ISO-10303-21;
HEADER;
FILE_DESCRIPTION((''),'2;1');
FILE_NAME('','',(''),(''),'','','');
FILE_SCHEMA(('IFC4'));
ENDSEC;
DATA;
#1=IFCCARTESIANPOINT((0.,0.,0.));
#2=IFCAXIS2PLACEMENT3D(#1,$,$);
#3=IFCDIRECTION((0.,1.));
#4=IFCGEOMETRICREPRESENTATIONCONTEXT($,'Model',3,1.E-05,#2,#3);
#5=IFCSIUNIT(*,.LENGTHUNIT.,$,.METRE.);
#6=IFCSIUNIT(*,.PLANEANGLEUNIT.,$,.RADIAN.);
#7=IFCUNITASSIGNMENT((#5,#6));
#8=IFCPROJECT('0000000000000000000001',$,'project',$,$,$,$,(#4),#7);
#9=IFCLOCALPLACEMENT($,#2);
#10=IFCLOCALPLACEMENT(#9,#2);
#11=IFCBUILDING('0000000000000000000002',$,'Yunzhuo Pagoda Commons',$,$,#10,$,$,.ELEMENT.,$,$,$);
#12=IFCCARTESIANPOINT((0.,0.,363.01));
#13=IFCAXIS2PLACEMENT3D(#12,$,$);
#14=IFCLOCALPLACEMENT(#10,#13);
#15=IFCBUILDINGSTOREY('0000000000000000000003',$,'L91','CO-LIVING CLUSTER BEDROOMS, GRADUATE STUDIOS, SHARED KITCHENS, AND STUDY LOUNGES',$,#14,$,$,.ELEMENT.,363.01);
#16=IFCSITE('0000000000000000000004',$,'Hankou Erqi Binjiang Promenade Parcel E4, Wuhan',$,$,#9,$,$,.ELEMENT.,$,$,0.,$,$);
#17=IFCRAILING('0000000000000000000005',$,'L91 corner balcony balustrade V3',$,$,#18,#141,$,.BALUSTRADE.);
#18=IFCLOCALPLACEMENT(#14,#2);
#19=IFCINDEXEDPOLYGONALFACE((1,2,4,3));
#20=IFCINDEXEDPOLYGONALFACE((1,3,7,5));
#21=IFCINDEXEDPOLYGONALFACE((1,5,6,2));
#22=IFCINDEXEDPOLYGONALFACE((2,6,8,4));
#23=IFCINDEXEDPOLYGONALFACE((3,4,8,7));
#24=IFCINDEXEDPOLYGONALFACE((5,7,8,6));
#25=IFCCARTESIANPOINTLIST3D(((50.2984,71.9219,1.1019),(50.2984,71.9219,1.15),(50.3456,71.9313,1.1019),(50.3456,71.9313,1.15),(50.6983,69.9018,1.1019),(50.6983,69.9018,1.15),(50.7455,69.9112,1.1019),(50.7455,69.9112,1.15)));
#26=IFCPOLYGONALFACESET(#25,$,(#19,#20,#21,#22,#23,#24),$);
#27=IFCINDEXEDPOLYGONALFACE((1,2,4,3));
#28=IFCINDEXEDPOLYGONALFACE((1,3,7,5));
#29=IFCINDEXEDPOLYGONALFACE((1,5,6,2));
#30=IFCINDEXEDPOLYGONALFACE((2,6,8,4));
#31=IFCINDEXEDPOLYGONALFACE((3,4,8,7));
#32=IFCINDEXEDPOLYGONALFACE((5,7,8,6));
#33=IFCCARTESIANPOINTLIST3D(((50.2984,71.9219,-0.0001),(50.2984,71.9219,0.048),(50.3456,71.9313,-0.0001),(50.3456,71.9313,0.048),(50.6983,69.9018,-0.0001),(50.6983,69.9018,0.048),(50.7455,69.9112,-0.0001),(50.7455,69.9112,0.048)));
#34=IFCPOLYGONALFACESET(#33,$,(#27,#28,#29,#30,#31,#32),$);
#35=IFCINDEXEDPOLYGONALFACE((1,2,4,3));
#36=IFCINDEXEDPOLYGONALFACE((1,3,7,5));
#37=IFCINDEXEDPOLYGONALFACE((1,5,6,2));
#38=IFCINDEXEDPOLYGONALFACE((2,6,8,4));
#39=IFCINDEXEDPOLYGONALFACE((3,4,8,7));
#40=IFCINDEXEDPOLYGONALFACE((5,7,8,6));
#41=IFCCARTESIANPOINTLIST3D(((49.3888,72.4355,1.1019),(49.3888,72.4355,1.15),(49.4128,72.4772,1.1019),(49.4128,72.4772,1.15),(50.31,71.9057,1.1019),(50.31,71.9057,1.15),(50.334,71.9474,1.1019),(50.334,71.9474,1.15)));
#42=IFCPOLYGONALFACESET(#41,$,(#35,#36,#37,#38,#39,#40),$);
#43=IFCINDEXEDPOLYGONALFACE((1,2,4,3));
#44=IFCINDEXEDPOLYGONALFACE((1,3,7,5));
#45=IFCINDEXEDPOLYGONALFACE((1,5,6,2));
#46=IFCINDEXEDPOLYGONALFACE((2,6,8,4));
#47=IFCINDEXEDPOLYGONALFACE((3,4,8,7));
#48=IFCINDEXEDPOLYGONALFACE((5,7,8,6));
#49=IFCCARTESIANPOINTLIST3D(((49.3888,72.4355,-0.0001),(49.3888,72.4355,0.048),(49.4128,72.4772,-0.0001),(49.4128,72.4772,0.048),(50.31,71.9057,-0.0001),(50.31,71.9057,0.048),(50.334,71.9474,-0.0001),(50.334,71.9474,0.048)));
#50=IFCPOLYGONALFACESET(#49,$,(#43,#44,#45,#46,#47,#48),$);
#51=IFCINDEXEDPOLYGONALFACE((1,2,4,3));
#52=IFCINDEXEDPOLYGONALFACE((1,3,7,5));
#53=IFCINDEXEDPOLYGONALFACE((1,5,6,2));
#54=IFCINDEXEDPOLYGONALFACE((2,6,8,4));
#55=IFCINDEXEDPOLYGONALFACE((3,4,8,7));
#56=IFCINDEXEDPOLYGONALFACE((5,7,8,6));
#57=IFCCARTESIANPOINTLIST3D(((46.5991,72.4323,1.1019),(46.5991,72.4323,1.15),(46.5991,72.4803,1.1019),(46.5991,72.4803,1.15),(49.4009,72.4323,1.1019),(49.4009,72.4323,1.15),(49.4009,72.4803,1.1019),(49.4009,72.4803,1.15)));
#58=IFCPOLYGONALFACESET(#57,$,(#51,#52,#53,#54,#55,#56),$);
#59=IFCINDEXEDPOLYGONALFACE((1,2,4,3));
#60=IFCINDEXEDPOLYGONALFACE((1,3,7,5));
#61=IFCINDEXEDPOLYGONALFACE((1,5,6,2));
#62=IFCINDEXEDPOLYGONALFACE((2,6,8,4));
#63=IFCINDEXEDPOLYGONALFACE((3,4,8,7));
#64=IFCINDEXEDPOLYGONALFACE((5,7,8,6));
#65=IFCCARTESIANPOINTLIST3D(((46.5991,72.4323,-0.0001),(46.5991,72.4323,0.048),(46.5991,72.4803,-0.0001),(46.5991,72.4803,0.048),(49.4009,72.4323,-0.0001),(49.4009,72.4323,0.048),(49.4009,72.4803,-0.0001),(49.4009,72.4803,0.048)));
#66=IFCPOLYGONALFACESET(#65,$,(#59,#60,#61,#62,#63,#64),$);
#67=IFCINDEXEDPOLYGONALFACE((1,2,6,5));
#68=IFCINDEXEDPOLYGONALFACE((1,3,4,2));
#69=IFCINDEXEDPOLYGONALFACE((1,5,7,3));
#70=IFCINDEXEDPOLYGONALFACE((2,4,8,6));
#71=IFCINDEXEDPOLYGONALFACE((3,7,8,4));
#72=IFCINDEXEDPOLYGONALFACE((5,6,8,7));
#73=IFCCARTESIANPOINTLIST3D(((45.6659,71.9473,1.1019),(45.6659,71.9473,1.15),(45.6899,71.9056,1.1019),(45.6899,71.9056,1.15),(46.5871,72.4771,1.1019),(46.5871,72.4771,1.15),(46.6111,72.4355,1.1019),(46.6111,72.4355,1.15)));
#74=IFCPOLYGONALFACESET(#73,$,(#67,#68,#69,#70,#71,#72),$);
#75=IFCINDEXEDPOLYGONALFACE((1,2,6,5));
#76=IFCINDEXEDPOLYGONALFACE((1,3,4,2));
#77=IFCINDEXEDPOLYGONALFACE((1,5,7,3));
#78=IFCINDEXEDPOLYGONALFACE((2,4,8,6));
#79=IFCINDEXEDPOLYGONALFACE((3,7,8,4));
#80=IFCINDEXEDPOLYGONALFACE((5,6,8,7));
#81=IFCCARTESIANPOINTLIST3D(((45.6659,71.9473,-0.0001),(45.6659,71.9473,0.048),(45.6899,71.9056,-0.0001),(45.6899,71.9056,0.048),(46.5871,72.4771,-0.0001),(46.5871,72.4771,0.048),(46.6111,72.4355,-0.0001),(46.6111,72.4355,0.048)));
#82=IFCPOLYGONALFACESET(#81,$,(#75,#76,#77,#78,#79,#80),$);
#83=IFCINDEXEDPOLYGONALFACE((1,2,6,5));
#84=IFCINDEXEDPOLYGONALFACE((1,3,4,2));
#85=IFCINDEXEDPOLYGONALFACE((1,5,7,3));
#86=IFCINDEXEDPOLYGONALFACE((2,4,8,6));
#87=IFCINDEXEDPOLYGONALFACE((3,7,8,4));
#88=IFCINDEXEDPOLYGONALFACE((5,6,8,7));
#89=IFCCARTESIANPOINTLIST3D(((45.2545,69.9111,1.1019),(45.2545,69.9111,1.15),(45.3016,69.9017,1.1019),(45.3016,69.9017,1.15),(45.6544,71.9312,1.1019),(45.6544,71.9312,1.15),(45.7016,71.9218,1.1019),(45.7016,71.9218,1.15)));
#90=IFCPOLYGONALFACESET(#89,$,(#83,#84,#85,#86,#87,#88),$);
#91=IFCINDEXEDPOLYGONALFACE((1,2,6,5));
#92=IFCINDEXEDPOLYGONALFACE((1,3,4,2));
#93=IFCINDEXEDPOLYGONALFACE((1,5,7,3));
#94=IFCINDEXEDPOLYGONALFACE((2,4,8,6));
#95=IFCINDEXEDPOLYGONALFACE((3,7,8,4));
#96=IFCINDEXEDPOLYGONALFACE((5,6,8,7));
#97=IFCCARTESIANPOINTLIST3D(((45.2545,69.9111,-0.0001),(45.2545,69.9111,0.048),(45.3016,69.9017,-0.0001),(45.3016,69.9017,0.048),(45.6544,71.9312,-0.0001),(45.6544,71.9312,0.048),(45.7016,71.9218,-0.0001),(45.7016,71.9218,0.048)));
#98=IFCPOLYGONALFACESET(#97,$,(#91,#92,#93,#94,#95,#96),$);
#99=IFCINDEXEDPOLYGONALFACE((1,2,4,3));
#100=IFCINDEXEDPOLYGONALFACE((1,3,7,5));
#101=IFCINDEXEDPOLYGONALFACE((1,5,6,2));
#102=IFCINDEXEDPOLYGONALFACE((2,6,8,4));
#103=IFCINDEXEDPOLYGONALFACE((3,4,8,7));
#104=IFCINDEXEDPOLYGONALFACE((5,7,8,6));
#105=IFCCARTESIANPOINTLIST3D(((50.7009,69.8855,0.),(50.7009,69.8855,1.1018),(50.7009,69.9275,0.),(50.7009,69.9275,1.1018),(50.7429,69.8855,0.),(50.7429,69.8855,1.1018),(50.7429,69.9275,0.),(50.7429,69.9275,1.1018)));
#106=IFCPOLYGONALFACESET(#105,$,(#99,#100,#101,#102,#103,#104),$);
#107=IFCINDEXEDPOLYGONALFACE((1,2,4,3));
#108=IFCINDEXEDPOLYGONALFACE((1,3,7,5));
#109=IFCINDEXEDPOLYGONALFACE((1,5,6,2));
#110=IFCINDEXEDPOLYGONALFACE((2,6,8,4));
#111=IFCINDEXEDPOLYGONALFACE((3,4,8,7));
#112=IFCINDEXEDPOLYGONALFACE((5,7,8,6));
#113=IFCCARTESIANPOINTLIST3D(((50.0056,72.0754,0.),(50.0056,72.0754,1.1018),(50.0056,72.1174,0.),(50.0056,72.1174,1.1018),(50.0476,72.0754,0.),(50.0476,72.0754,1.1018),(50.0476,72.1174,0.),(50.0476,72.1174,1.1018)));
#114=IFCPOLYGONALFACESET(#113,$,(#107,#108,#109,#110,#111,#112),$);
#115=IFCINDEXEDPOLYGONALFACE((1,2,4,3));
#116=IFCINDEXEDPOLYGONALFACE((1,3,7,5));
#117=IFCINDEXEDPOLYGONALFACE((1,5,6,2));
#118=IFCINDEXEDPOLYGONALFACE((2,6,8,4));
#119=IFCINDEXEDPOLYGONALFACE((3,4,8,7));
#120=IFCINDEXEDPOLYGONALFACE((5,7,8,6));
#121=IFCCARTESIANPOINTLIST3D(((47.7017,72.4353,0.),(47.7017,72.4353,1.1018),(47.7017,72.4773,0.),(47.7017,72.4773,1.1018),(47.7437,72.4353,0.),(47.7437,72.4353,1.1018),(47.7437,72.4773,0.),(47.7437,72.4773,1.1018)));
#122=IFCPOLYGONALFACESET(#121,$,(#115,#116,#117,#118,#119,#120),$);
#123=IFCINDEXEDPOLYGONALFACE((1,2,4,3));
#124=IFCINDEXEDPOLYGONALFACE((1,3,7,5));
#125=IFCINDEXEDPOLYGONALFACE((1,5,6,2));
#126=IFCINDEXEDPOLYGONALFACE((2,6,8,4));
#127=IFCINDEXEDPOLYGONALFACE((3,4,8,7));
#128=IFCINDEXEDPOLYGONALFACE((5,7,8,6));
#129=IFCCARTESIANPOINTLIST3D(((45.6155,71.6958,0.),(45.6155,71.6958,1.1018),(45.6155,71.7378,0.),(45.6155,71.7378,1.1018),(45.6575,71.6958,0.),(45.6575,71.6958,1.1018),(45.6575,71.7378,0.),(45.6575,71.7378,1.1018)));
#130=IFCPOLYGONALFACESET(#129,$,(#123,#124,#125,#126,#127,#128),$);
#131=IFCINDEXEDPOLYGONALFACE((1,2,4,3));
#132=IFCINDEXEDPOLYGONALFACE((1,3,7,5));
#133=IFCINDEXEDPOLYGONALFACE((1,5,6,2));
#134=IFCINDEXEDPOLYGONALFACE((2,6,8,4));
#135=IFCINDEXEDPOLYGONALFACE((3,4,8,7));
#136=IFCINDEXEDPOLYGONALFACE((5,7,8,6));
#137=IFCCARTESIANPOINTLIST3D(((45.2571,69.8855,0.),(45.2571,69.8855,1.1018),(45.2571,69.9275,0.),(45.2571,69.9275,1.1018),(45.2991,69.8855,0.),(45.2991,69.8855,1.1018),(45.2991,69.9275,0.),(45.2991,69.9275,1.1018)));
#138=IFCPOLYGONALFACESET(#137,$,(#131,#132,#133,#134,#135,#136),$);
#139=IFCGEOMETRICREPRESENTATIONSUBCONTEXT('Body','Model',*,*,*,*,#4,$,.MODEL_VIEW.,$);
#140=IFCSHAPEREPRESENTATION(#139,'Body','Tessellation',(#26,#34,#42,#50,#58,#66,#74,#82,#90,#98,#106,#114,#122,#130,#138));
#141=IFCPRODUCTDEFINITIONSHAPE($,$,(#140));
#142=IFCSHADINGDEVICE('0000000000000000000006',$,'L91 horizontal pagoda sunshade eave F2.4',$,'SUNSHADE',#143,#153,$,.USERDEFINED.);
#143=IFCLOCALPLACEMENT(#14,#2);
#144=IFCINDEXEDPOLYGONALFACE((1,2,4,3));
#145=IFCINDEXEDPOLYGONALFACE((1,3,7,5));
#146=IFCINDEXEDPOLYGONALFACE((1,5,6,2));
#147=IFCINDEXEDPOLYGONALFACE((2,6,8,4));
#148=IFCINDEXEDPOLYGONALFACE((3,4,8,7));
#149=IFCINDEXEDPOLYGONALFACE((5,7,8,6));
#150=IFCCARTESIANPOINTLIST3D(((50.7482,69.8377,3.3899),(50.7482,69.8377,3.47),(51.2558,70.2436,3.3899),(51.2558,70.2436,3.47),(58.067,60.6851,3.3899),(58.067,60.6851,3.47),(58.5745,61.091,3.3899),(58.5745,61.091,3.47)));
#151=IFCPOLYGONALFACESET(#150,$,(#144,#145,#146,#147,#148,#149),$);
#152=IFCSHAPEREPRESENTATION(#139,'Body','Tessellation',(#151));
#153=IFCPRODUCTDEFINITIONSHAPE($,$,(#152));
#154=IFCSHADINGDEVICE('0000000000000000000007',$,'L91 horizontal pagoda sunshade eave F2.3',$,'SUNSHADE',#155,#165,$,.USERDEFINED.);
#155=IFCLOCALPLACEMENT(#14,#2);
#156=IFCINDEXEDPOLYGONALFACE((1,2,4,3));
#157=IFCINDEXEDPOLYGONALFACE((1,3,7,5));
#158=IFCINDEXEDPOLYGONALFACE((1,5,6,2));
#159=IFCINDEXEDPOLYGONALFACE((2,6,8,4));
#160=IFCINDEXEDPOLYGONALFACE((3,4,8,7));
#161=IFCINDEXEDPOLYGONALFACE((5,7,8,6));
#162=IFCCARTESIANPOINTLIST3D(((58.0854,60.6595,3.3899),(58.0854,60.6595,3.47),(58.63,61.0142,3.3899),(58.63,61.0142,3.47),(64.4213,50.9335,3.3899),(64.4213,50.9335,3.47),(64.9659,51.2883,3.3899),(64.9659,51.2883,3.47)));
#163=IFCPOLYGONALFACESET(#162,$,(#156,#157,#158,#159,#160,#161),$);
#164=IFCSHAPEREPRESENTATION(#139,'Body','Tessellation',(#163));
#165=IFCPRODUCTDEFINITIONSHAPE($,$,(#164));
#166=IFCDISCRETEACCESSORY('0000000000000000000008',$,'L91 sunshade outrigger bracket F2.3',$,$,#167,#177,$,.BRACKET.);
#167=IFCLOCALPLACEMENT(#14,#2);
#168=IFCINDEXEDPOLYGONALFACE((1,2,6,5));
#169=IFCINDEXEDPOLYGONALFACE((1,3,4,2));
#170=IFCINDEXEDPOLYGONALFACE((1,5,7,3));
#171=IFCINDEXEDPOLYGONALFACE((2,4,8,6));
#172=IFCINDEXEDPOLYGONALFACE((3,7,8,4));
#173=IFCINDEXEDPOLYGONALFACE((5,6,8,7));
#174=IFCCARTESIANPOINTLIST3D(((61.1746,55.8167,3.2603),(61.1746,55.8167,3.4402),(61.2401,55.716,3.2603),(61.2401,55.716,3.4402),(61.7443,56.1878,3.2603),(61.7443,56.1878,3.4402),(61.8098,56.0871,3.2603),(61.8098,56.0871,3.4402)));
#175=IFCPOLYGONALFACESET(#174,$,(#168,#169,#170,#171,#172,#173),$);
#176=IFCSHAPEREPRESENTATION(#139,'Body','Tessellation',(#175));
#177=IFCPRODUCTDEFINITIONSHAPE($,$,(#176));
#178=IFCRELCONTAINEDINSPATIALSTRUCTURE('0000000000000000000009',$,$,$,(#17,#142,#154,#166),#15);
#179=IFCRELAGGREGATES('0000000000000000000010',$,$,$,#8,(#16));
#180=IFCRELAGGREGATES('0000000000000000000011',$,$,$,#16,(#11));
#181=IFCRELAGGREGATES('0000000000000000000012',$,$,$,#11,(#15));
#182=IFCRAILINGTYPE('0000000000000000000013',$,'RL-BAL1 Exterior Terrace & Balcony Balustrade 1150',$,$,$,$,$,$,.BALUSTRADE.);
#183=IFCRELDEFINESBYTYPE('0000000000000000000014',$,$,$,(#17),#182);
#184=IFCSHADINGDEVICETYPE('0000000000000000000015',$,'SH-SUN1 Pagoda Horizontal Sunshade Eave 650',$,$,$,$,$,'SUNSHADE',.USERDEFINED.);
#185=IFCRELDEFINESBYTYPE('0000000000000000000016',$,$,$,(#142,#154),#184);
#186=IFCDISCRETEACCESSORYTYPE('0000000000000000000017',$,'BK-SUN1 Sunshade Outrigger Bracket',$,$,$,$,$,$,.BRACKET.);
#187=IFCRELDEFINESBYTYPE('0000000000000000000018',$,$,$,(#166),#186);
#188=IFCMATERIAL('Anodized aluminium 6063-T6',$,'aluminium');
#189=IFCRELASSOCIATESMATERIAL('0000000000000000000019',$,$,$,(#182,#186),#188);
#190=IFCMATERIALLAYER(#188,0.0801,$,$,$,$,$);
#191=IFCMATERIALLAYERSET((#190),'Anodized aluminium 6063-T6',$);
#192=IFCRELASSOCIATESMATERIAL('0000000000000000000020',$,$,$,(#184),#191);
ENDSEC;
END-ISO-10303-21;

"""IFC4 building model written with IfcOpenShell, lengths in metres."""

from ifc_helpers import new_model, si_unit, direction, frame, origin, origin_2d, place, context, subcontext, project, spatial, rectangle, extrude, source, transform, mapped, material, layer, layer_set, type_object, element, save


model = new_model("IFC4")

# Units and contexts
model_context = context("Model", 3, precision=1e-05, world=origin(), true_north=direction((0.0, 1.0)))
body_context = subcontext(model_context, "Body", "Model", "MODEL_VIEW")
ifc_project = project(units=[si_unit("LENGTHUNIT", "METRE"), si_unit("PLANEANGLEUNIT", "RADIAN")], contexts=[model_context])

# Site, building, storey
site_placement = place(None, origin())
site = spatial("IfcSite", under=ifc_project, at=site_placement, Name="Hankou Erqi Binjiang Promenade Parcel E4, Wuhan", CompositionType="ELEMENT", RefElevation=0.0)
building_placement = place(site_placement, origin())
building = spatial("IfcBuilding", under=site, at=building_placement, Name="Yunzhuo Pagoda Commons", CompositionType="ELEMENT")
storey_placement = place(building_placement, frame((0.0, 0.0, 363.01)))
storey = spatial("IfcBuildingStorey", under=building, at=storey_placement, Name="L91", Description="CO-LIVING CLUSTER BEDROOMS, GRADUATE STUDIOS, SHARED KITCHENS, AND STUDY LOUNGES", CompositionType="ELEMENT", Elevation=363.01)

# Shared definitions
ifc_material_1 = material(Name="Anodized aluminium 6063-T6", Category="aluminium")

# Railing
railing_type = type_object("IfcRailingType", Name="RL-BAL1 Exterior Terrace & Balcony Balustrade 1150", PredefinedType="BALUSTRADE", material=ifc_material_1)
railing_placement = place(storey_placement, frame((50.7219, 69.9065, 0.0)))
element("IfcRailing", 1, at=railing_placement, inside=storey, type_object=railing_type, Name="L91 corner balcony balustrade V3", PredefinedType="BALUSTRADE", context=body_context, shape_type="SweptSolid", body=[
    extrude(rectangle(XDim=0.0481, YDim=0.0481, at=origin_2d()), frame((0.0, 0.0, 1.126), z_axis=(-0.194201, 0.980962, 0.0), x_axis=(-0.980962, -0.194201, 0.0)), (0.0, 0.0, 1.0), 2.0593),
    extrude(rectangle(XDim=0.0481, YDim=0.0481, at=origin_2d()), frame((0.0, 0.0, 0.0239), z_axis=(-0.194201, 0.980962, 0.0), x_axis=(-0.980962, -0.194201, 0.0)), (0.0, 0.0, 1.0), 2.0593),
    extrude(rectangle(XDim=0.0481, YDim=0.0481, at=origin_2d()), frame((-0.3999, 2.02, 1.126), z_axis=(-0.866854, 0.498562, 0.0), x_axis=(-0.498562, -0.866854, 0.0)), (0.0, 0.0, 1.0), 1.0627),
    extrude(rectangle(XDim=0.0481, YDim=0.0481, at=origin_2d()), frame((-0.3999, 2.02, 0.0239), z_axis=(-0.866854, 0.498562, 0.0), x_axis=(-0.498562, -0.866854, 0.0)), (0.0, 0.0, 1.0), 1.0627),
    extrude(rectangle(XDim=0.0481, YDim=0.0481, at=origin_2d()), frame((-1.321, 2.5498, 1.126), z_axis=(-1.0, 0.0, 0.0), x_axis=(0.0, -1.0, 0.0)), (0.0, 0.0, 1.0), 2.8018),
    extrude(rectangle(XDim=0.0481, YDim=0.0481, at=origin_2d()), frame((-1.321, 2.5498, 0.0239), z_axis=(-1.0, 0.0, 0.0), x_axis=(0.0, -1.0, 0.0)), (0.0, 0.0, 1.0), 2.8018),
    extrude(rectangle(XDim=0.0481, YDim=0.0481, at=origin_2d()), frame((-4.1228, 2.5498, 1.126), z_axis=(-0.866854, -0.498562, 0.0), x_axis=(0.498562, -0.866854, 0.0)), (0.0, 0.0, 1.0), 1.0627),
    extrude(rectangle(XDim=0.0481, YDim=0.0481, at=origin_2d()), frame((-4.1228, 2.5498, 0.0239), z_axis=(-0.866854, -0.498562, 0.0), x_axis=(0.498562, -0.866854, 0.0)), (0.0, 0.0, 1.0), 1.0627),
    extrude(rectangle(XDim=0.0481, YDim=0.0481, at=origin_2d()), frame((-5.0439, 2.02, 1.126), z_axis=(-0.194201, -0.980962, 0.0), x_axis=(0.980962, -0.194201, 0.0)), (0.0, 0.0, 1.0), 2.0593),
    extrude(rectangle(XDim=0.0481, YDim=0.0481, at=origin_2d()), frame((-5.0439, 2.02, 0.0239), z_axis=(-0.194201, -0.980962, 0.0), x_axis=(0.980962, -0.194201, 0.0)), (0.0, 0.0, 1.0), 2.0593),
    extrude(rectangle(XDim=0.042, YDim=0.042, at=origin_2d()), origin(), (0.0, 0.0, 1.0), 1.1018),
    extrude(rectangle(XDim=0.042, YDim=0.042, at=origin_2d()), frame((-0.6953, 2.1899, 0.0)), (0.0, 0.0, 1.0), 1.1018),
    extrude(rectangle(XDim=0.042, YDim=0.042, at=origin_2d()), frame((-2.9993, 2.5498, 0.0)), (0.0, 0.0, 1.0), 1.1018),
    extrude(rectangle(XDim=0.042, YDim=0.042, at=origin_2d()), frame((-5.0854, 1.8103, 0.0)), (0.0, 0.0, 1.0), 1.1018),
    extrude(rectangle(XDim=0.042, YDim=0.042, at=origin_2d()), frame((-5.4438, 0.0, 0.0)), (0.0, 0.0, 1.0), 1.1018),
])

# Shading devices
ifc_layer_1 = layer(ifc_material_1, 0.0801)
ifc_layer_set_1 = layer_set([ifc_layer_1], Name="Anodized aluminium 6063-T6")
shading_device_type = type_object("IfcShadingDeviceType", Name="SH-SUN1 Pagoda Horizontal Sunshade Eave 650", ElementType="SUNSHADE", PredefinedType="USERDEFINED", material=ifc_layer_set_1)
shared_shape_1 = source(origin(), body_context, "Body", "SweptSolid", [
    extrude(rectangle(XDim=11.719, YDim=0.6499, at=origin_2d()), origin(), (0.0, 0.0, 1.0), 0.0801),
])
shading_device_1_placement = place(storey_placement, frame((54.6614, 65.4644, 3.3899), z_axis=(0.0, 0.0, 1.0), x_axis=(-0.62452, 0.781008, 0.0)))
element("IfcShadingDevice", 2, at=shading_device_1_placement, inside=storey, type_object=shading_device_type, Name="L91 horizontal pagoda sunshade eave F2.4", ObjectType="SUNSHADE", PredefinedType="USERDEFINED", context=body_context, shape_type="MappedRepresentation", body=[
    mapped(shared_shape_1, transform((0.0, 0.0, 0.0), scale=1.0)),
])
shared_shape_2 = source(origin(), body_context, "Body", "SweptSolid", [
    extrude(rectangle(XDim=11.6077, YDim=0.6499, at=origin_2d()), origin(), (0.0, 0.0, 1.0), 0.0801),
])
shading_device_2_placement = place(storey_placement, frame((61.5256, 55.9739, 3.3899), z_axis=(0.0, 0.0, 1.0), x_axis=(-0.545839, 0.83789, 0.0)))
element("IfcShadingDevice", 3, at=shading_device_2_placement, inside=storey, type_object=shading_device_type, Name="L91 horizontal pagoda sunshade eave F2.3", ObjectType="SUNSHADE", PredefinedType="USERDEFINED", context=body_context, shape_type="MappedRepresentation", body=[
    mapped(shared_shape_2, transform((0.0, 0.0, 0.0), scale=1.0)),
])

# Discrete accessory
discrete_accessory_type = type_object("IfcDiscreteAccessoryType", Name="BK-SUN1 Sunshade Outrigger Bracket", PredefinedType="BRACKET", material=ifc_material_1)
shared_shape_3 = source(origin(), body_context, "Body", "SweptSolid", [
    extrude(rectangle(XDim=0.1201, YDim=0.6799, at=origin_2d()), origin(), (0.0, 0.0, 1.0), 0.1799),
])
discrete_accessory_placement = place(storey_placement, frame((61.4922, 55.9519, 3.2603), z_axis=(0.0, 0.0, 1.0), x_axis=(-0.545839, 0.83789, 0.0)))
element("IfcDiscreteAccessory", 4, at=discrete_accessory_placement, inside=storey, type_object=discrete_accessory_type, Name="L91 sunshade outrigger bracket F2.3", PredefinedType="BRACKET", context=body_context, shape_type="MappedRepresentation", body=[
    mapped(shared_shape_3, transform((0.0, 0.0, 0.0), scale=1.0)),
])

save(model, "model.ifc")
